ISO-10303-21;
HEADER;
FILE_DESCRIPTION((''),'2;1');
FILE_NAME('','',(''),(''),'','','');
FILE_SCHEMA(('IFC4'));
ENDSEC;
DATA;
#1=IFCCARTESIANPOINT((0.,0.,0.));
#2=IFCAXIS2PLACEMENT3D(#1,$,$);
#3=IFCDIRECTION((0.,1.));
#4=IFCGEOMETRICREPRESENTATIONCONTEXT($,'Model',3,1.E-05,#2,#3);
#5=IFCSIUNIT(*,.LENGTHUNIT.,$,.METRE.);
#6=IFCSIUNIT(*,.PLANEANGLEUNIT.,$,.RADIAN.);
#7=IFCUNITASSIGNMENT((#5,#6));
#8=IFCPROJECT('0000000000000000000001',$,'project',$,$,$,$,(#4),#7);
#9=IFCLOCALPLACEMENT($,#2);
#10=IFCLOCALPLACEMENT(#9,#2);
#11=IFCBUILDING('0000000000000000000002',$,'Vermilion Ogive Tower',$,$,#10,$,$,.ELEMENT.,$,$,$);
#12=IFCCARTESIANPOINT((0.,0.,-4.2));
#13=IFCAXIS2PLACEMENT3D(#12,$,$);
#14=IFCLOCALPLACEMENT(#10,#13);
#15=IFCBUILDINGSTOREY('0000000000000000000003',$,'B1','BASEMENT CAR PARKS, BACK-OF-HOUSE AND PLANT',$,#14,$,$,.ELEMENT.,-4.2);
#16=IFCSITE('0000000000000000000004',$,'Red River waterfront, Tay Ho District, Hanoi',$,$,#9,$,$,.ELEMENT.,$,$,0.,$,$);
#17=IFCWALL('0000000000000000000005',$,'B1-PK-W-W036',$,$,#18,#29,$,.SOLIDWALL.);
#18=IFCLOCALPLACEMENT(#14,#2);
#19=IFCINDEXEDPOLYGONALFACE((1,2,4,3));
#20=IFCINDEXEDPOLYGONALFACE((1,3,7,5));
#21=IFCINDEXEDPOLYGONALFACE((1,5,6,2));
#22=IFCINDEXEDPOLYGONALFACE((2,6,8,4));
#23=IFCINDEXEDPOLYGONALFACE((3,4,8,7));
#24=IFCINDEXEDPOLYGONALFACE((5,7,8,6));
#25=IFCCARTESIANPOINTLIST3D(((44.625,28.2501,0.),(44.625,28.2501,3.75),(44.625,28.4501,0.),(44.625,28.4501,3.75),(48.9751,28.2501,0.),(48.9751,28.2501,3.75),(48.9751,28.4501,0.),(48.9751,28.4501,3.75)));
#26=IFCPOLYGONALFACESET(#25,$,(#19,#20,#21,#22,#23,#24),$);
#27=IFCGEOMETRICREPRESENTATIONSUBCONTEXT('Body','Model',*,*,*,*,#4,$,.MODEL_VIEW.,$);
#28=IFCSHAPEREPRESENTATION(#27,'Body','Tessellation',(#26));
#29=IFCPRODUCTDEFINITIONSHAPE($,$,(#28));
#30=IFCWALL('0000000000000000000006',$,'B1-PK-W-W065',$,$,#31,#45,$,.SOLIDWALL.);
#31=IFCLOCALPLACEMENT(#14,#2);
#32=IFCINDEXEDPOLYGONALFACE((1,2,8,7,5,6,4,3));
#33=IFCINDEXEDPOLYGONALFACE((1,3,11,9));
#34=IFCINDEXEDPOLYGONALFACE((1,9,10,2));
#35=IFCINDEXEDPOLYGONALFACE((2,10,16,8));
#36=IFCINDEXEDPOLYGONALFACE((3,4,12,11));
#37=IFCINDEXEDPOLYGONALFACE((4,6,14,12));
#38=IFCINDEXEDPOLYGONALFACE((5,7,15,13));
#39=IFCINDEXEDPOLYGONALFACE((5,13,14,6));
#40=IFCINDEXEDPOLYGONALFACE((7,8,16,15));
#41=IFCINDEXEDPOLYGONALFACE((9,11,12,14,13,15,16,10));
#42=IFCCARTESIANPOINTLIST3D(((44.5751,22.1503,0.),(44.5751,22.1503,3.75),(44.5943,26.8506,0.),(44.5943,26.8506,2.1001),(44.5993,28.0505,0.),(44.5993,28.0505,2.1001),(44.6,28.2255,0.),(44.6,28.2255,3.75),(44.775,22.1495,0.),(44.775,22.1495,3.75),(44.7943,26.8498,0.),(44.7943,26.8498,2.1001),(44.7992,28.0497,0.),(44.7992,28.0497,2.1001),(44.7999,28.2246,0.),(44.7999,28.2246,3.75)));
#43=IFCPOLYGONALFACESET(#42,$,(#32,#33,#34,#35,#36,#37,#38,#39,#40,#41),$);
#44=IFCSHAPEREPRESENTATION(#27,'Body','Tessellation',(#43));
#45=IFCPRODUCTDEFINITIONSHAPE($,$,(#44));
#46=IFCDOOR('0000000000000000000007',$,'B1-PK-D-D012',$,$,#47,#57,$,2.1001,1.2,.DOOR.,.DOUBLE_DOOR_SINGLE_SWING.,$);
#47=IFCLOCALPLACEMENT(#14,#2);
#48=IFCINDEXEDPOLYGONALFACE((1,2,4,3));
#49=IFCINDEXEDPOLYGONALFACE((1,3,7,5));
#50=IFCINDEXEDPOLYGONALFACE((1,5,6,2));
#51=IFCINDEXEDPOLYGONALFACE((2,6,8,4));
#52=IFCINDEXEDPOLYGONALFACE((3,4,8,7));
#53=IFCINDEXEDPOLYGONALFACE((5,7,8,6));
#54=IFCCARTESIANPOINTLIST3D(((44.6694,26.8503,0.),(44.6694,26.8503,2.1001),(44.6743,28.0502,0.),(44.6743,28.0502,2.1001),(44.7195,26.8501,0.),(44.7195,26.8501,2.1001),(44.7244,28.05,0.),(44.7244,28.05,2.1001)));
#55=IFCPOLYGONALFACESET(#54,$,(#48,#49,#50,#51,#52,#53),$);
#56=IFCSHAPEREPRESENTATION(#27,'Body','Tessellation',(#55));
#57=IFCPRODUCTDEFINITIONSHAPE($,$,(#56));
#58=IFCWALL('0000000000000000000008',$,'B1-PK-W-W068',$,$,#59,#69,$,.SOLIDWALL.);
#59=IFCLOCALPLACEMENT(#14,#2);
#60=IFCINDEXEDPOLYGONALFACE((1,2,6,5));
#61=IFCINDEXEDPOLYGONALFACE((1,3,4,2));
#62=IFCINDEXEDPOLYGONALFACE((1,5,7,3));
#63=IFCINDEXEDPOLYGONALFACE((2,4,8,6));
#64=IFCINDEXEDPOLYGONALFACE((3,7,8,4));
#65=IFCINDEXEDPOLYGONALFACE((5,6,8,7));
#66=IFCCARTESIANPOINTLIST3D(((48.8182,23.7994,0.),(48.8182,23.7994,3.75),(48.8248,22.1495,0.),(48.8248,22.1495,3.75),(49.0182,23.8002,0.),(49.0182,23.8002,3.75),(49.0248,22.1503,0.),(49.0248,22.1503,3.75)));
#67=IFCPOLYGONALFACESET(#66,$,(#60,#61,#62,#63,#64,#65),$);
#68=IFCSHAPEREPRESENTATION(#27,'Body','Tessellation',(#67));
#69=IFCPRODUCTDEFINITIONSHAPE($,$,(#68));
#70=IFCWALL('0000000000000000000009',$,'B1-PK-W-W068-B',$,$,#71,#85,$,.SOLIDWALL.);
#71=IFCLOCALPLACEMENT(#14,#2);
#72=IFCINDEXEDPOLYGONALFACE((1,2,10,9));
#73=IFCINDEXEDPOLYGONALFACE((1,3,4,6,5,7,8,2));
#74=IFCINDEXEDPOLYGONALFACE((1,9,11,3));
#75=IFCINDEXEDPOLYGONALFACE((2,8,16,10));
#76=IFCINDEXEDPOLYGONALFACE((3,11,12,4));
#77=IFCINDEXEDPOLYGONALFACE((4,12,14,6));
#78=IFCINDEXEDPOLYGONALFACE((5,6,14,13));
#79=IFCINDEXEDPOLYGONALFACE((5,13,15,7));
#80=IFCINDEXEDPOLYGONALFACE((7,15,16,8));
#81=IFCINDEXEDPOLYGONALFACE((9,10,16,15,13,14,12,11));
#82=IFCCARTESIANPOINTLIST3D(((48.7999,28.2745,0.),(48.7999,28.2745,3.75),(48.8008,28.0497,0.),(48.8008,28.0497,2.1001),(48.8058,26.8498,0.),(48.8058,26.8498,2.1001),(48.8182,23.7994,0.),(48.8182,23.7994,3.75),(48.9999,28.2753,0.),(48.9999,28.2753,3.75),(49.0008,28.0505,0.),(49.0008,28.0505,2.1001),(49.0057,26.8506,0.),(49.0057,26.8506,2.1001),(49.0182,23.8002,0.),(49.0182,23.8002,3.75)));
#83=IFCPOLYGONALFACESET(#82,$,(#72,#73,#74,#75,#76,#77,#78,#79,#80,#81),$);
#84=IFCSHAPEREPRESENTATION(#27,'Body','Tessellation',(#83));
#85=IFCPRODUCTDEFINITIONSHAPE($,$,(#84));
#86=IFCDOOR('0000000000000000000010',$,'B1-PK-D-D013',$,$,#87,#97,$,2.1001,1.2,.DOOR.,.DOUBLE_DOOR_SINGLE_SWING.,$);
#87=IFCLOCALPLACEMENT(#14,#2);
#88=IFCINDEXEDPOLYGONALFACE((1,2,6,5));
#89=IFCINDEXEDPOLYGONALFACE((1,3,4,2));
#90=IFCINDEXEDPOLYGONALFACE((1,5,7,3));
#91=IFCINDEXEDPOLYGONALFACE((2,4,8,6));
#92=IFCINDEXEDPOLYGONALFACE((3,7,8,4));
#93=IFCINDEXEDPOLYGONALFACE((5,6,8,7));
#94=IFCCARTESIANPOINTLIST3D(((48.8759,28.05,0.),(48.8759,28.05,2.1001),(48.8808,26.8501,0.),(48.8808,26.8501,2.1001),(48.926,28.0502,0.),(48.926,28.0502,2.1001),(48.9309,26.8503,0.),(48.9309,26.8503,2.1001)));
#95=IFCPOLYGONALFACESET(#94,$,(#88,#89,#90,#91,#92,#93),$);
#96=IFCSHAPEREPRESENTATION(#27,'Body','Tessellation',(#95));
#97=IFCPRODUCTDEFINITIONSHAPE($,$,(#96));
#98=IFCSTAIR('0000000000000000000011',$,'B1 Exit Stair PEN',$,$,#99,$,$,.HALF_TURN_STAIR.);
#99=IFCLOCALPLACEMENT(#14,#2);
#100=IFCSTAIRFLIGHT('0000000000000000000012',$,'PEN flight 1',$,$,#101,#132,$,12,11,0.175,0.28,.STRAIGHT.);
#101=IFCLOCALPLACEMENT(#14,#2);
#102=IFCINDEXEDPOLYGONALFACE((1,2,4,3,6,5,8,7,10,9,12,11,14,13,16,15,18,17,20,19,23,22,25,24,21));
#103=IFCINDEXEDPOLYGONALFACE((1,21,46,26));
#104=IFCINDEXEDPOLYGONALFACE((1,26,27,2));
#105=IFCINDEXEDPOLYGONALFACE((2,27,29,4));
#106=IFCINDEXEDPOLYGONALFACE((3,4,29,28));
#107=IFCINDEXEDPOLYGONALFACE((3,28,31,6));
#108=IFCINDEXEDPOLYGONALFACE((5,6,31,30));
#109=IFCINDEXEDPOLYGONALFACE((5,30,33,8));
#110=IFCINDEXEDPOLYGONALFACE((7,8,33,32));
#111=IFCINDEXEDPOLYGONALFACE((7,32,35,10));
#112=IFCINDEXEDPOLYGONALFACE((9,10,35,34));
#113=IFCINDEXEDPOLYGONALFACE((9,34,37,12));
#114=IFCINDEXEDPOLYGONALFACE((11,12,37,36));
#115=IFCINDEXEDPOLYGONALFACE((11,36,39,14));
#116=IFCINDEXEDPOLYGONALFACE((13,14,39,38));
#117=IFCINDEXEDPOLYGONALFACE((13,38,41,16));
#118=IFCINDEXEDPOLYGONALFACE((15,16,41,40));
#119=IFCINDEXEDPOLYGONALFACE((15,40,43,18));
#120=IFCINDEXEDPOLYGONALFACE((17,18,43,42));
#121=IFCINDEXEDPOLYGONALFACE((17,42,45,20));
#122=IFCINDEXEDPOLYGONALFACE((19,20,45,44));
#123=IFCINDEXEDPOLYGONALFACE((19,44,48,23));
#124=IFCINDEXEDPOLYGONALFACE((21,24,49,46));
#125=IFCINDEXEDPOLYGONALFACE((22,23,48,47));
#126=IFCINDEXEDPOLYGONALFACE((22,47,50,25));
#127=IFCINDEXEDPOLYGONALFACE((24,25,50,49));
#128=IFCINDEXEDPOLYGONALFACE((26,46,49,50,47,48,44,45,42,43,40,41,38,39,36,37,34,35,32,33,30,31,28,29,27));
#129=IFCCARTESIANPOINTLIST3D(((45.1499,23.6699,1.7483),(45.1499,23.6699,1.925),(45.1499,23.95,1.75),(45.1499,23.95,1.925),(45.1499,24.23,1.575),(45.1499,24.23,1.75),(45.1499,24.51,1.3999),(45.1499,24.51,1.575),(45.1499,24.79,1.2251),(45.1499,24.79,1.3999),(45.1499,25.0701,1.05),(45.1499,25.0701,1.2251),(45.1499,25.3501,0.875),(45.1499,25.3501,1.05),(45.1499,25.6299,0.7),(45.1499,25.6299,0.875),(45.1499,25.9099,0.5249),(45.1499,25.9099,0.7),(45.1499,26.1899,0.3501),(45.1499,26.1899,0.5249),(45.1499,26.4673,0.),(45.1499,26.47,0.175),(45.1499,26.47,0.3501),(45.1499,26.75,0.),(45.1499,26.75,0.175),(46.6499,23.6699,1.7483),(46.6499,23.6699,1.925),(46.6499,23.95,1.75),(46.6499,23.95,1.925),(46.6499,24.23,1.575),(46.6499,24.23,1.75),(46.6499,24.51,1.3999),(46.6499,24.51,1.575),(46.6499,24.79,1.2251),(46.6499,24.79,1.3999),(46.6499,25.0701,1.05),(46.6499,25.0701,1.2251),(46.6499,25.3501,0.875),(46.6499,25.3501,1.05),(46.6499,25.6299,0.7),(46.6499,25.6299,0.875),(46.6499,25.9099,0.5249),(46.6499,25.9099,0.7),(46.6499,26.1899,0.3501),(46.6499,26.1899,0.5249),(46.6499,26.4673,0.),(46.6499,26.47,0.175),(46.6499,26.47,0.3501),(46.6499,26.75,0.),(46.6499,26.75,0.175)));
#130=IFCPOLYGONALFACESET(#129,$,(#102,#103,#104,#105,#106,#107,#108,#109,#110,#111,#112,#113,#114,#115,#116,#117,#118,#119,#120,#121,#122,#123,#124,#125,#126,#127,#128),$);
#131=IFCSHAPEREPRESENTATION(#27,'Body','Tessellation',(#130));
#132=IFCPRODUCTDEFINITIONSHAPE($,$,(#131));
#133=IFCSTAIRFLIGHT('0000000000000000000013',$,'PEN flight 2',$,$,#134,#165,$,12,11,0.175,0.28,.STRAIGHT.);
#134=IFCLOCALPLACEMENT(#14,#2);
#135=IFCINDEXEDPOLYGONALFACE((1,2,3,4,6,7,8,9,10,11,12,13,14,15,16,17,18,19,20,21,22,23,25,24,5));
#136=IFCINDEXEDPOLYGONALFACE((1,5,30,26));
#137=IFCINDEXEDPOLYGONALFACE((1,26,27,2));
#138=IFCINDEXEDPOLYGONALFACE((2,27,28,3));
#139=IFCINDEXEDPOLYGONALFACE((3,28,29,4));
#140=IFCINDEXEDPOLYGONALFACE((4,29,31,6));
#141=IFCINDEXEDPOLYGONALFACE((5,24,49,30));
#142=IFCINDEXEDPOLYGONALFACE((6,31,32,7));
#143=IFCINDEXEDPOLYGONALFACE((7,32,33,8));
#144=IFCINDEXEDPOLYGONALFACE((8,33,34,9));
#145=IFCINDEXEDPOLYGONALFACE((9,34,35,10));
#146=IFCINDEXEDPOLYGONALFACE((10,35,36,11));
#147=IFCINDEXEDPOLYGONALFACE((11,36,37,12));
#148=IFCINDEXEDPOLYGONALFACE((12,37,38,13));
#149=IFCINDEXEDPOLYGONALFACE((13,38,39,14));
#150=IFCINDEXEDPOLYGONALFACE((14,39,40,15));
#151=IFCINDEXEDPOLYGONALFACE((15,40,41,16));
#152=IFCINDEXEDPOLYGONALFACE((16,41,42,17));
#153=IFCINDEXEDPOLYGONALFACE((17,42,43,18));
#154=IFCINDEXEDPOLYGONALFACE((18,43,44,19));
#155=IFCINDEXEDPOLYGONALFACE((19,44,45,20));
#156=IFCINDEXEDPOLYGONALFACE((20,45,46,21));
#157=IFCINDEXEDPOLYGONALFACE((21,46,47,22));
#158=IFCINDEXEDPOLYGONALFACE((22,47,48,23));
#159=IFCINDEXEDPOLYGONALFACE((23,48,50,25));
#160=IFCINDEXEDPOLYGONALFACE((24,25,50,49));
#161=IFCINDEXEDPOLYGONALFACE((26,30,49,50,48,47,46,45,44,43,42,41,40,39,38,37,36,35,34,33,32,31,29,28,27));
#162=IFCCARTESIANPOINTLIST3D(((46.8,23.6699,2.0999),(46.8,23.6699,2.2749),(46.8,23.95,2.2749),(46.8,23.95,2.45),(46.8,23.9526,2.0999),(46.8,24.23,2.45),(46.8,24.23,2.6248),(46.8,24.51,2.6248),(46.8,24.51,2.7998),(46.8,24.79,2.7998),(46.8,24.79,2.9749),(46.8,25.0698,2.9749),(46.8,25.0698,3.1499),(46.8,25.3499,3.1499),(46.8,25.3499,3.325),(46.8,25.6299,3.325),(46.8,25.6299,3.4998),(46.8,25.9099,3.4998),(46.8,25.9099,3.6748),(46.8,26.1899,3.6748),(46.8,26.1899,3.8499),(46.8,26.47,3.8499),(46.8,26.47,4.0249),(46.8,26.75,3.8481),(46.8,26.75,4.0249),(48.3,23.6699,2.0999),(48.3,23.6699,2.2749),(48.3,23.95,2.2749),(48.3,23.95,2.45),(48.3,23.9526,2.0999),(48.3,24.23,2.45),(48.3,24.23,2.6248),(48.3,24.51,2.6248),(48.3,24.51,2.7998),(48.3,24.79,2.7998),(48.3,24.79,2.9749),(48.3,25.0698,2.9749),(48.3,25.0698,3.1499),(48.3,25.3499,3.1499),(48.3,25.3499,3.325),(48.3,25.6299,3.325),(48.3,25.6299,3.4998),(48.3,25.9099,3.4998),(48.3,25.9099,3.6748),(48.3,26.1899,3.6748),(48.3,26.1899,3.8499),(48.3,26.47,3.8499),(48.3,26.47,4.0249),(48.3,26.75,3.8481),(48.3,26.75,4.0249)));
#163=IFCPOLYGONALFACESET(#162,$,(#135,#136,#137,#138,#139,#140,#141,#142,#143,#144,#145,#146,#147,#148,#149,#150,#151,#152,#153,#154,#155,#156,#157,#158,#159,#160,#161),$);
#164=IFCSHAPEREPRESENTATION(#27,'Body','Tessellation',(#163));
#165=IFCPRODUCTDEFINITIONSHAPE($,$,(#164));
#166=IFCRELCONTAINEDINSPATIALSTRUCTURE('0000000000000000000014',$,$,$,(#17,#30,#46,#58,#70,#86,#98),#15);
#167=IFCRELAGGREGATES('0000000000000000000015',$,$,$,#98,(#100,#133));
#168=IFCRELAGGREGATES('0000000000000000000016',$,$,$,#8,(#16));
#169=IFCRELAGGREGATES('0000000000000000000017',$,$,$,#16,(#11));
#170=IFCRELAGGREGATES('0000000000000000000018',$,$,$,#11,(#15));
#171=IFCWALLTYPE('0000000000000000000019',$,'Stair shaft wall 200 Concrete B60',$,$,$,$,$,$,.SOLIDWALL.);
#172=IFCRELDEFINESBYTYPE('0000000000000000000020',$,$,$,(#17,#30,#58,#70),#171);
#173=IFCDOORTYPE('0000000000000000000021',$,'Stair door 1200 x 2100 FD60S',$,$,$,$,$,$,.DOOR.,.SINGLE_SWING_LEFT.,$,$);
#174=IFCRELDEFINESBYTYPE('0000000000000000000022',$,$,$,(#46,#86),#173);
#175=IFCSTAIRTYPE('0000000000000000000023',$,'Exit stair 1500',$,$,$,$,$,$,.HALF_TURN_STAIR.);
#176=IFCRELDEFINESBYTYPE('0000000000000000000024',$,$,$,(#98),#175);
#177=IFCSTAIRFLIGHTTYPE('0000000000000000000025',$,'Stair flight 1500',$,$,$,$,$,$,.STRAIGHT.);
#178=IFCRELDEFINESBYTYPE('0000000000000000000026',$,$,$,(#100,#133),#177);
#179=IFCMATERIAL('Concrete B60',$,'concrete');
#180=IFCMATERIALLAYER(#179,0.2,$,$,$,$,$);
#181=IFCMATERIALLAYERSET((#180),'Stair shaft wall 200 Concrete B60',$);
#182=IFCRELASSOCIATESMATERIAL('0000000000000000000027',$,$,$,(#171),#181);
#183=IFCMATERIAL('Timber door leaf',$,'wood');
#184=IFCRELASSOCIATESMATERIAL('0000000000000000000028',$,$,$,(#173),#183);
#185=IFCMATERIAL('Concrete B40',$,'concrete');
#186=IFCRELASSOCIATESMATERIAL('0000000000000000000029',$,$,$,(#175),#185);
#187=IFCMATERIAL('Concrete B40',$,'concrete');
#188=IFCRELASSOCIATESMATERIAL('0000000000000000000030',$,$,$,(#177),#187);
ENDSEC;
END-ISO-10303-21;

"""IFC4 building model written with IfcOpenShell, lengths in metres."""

from ifc_helpers import new_model, si_unit, direction, frame, frame_2d, origin, place, context, subcontext, project, spatial, polyline, rectangle, outline, extrude, material, layer, layer_set, type_object, element, fill, aggregate, save


model = new_model("IFC4")

# Units and contexts
model_context = context("Model", 3, precision=1e-05, world=origin(), true_north=direction((0.0, 1.0)))
body_context = subcontext(model_context, "Body", "Model", "MODEL_VIEW")
ifc_project = project(units=[si_unit("LENGTHUNIT", "METRE"), si_unit("PLANEANGLEUNIT", "RADIAN")], contexts=[model_context])

# Site, building, storey
site_placement = place(None, origin())
site = spatial("IfcSite", under=ifc_project, at=site_placement, Name="Red River waterfront, Tay Ho District, Hanoi", CompositionType="ELEMENT", RefElevation=0.0)
building_placement = place(site_placement, origin())
building = spatial("IfcBuilding", under=site, at=building_placement, Name="Vermilion Ogive Tower", CompositionType="ELEMENT")
storey_placement = place(building_placement, frame((0.0, 0.0, -4.2)))
storey = spatial("IfcBuildingStorey", under=building, at=storey_placement, Name="B1", Description="BASEMENT CAR PARKS, BACK-OF-HOUSE AND PLANT", CompositionType="ELEMENT", Elevation=-4.2)

# Wall
ifc_material_1 = material(Name="Concrete B60", Category="concrete")
ifc_layer_1 = layer(ifc_material_1, 0.2)
ifc_layer_set_1 = layer_set([ifc_layer_1], Name="Stair shaft wall 200 Concrete B60")
wall_type_1 = type_object("IfcWallType", Name="Stair shaft wall 200 Concrete B60", PredefinedType="SOLIDWALL", material=ifc_layer_set_1)
wall_1_placement = place(storey_placement, frame((44.625, 28.3501, 0.0), z_axis=(0.0, 0.0, 1.0), x_axis=(1.0, 0.0, 0.0)))
element("IfcWall", 1, at=wall_1_placement, inside=storey, type_object=wall_type_1, Name="B1-PK-W-W036", PredefinedType="SOLIDWALL", context=body_context, shape_type="SweptSolid", body=[
    extrude(rectangle(XDim=4.3501, YDim=0.2, at=frame_2d((2.175, 0.0))), origin(), (0.0, 0.0, 1.0), 3.75),
])

# Wall, opening, door
wall_2_placement = place(storey_placement, frame((44.675, 22.1499, 0.0), z_axis=(0.0, 0.0, 1.0), x_axis=(0.004099, 0.999992, 0.0)))
wall_2 = element("IfcWall", 2, at=wall_2_placement, inside=storey, type_object=wall_type_1, Name="B1-PK-W-W065", PredefinedType="SOLIDWALL", context=body_context, shape_type="SweptSolid", body=[
    extrude(rectangle(XDim=6.0752, YDim=0.2, at=frame_2d((3.0376, 0.0))), origin(), (0.0, 0.0, 1.0), 3.75),
])
opening_1_placement = place(wall_2_placement, frame((4.7002, 0.0, 0.0)))
opening_1 = element("IfcOpeningElement", 3, at=opening_1_placement, cuts=wall_2, PredefinedType="OPENING", context=body_context, shape_type="SweptSolid", body=[
    extrude(rectangle(XDim=1.2, YDim=2.1001, at=frame_2d((0.6001, 1.05))), frame((0.0, 0.1099, 0.0), z_axis=(0.0, -1.0, 0.0), x_axis=(1.0, 0.0, 0.0)), (0.0, 0.0, 1.0), 0.22),
])
ifc_material_2 = material(Name="Timber door leaf", Category="wood")
door_type_1 = type_object("IfcDoorType", Name="Stair door 1200 x 2100 FD60S", OperationType="SINGLE_SWING_LEFT", PredefinedType="DOOR", material=ifc_material_2)
door_1_placement = place(opening_1_placement, origin())
door_1 = element("IfcDoor", 4, at=door_1_placement, inside=storey, type_object=door_type_1, Name="B1-PK-D-D012", OperationType="DOUBLE_DOOR_SINGLE_SWING", OverallHeight=2.1001, OverallWidth=1.2, PredefinedType="DOOR", context=body_context, shape_type="SweptSolid", body=[
    extrude(rectangle(XDim=1.2, YDim=2.1001, at=frame_2d((0.6001, 1.05))), frame((0.0, 0.0249, 0.0), z_axis=(0.0, -1.0, 0.0), x_axis=(1.0, 0.0, 0.0)), (0.0, 0.0, 1.0), 0.05),
])
fill(opening_1, door_1)

# Wall
wall_3_placement = place(storey_placement, frame((48.9248, 22.1499, 0.0), z_axis=(0.0, 0.0, 1.0), x_axis=(-0.003995, 0.999992, 0.0)))
element("IfcWall", 5, at=wall_3_placement, inside=storey, type_object=wall_type_1, Name="B1-PK-W-W068", PredefinedType="SOLIDWALL", context=body_context, shape_type="SweptSolid", body=[
    extrude(rectangle(XDim=1.6499, YDim=0.2, at=frame_2d((0.825, 0.0))), origin(), (0.0, 0.0, 1.0), 3.75),
])

# Wall, opening, door
wall_4_placement = place(storey_placement, frame((48.9182, 23.7998, 0.0), z_axis=(0.0, 0.0, 1.0), x_axis=(-0.004092, 0.999992, 0.0)))
wall_4 = element("IfcWall", 6, at=wall_4_placement, inside=storey, type_object=wall_type_1, Name="B1-PK-W-W068-B", PredefinedType="SOLIDWALL", context=body_context, shape_type="SweptSolid", body=[
    extrude(rectangle(XDim=4.4751, YDim=0.2, at=frame_2d((2.2375, 0.0))), origin(), (0.0, 0.0, 1.0), 3.75),
])
opening_2_placement = place(wall_4_placement, frame((3.0503, 0.0, 0.0)))
opening_2 = element("IfcOpeningElement", 7, at=opening_2_placement, cuts=wall_4, PredefinedType="OPENING", context=body_context, shape_type="SweptSolid", body=[
    extrude(rectangle(XDim=1.2, YDim=2.1001, at=frame_2d((0.6001, 1.05))), frame((0.0, 0.1099, 0.0), z_axis=(0.0, -1.0, 0.0), x_axis=(1.0, 0.0, 0.0)), (0.0, 0.0, 1.0), 0.22),
])
door_2_placement = place(opening_2_placement, origin())
door_2 = element("IfcDoor", 8, at=door_2_placement, inside=storey, type_object=door_type_1, Name="B1-PK-D-D013", OperationType="DOUBLE_DOOR_SINGLE_SWING", OverallHeight=2.1001, OverallWidth=1.2, PredefinedType="DOOR", context=body_context, shape_type="SweptSolid", body=[
    extrude(rectangle(XDim=1.2, YDim=2.1001, at=frame_2d((0.6001, 1.05))), frame((0.0, 0.0249, 0.0), z_axis=(0.0, -1.0, 0.0), x_axis=(1.0, 0.0, 0.0)), (0.0, 0.0, 1.0), 0.05),
])
fill(opening_2, door_2)

# Stair, stair flights
ifc_material_3 = material(Name="Concrete B40", Category="concrete")
stair_type = type_object("IfcStairType", Name="Exit stair 1500", PredefinedType="HALF_TURN_STAIR", material=ifc_material_3)
stair_placement = place(storey_placement, origin())
stair = element("IfcStair", 9, at=stair_placement, inside=storey, type_object=stair_type, Name="B1 Exit Stair PEN", PredefinedType="HALF_TURN_STAIR")
ifc_material_4 = material(Name="Concrete B40", Category="concrete")
stair_flight_type = type_object("IfcStairFlightType", Name="Stair flight 1500", PredefinedType="STRAIGHT", material=ifc_material_4)
stair_flight_1_placement = place(storey_placement, frame((45.8999, 26.75, 0.0), z_axis=(0.0, 0.0, 1.0), x_axis=(0.0, -1.0, 0.0)))
stair_flight_1 = element("IfcStairFlight", 10, at=stair_flight_1_placement, type_object=stair_flight_type, Name="PEN flight 1", NumberOfRisers=12, NumberOfTreads=11, PredefinedType="STRAIGHT", RiserHeight=0.175, TreadLength=0.28, context=body_context, shape_type="SweptSolid", body=[
    extrude(outline(polyline([(0.0, 0.0), (0.0, 0.175), (0.28, 0.175), (0.28, 0.3501), (0.5601, 0.3501), (0.5601, 0.5249), (0.8401, 0.5249), (0.8401, 0.7), (1.1201, 0.7), (1.1201, 0.875), (1.3999, 0.875), (1.3999, 1.05), (1.6799, 1.05), (1.6799, 1.2251), (1.96, 1.2251), (1.96, 1.3999), (2.24, 1.3999), (2.24, 1.575), (2.52, 1.575), (2.52, 1.75), (2.8, 1.75), (2.8, 1.925), (3.0801, 1.925), (3.0801, 2.1001), (3.0801, 1.7483), (0.2827, 0.0), (0.0, 0.0)])), frame((0.0, 0.75, 0.0), z_axis=(0.0, -1.0, 0.0), x_axis=(1.0, 0.0, 0.0)), (0.0, 0.0, 1.0), 1.5),
])
stair_flight_2_placement = place(storey_placement, frame((47.55, 23.6699, 2.0999), z_axis=(0.0, 0.0, 1.0), x_axis=(0.0, 1.0, 0.0)))
stair_flight_2 = element("IfcStairFlight", 11, at=stair_flight_2_placement, type_object=stair_flight_type, Name="PEN flight 2", NumberOfRisers=12, NumberOfTreads=11, PredefinedType="STRAIGHT", RiserHeight=0.175, TreadLength=0.28, context=body_context, shape_type="SweptSolid", body=[
    extrude(outline(polyline([(0.0, 0.0), (0.0, 0.175), (0.28, 0.175), (0.28, 0.3501), (0.5601, 0.3501), (0.5601, 0.5249), (0.8401, 0.5249), (0.8401, 0.7), (1.1201, 0.7), (1.1201, 0.875), (1.3999, 0.875), (1.3999, 1.05), (1.6799, 1.05), (1.6799, 1.2251), (1.96, 1.2251), (1.96, 1.3999), (2.24, 1.3999), (2.24, 1.575), (2.52, 1.575), (2.52, 1.75), (2.8, 1.75), (2.8, 1.925), (3.0801, 1.925), (3.0801, 2.1001), (3.0801, 1.7483), (0.2827, 0.0), (0.0, 0.0)])), frame((0.0, 0.75, 0.0), z_axis=(0.0, -1.0, 0.0), x_axis=(1.0, 0.0, 0.0)), (0.0, 0.0, 1.0), 1.5),
])
aggregate(stair, [stair_flight_1, stair_flight_2])

save(model, "model.ifc")
